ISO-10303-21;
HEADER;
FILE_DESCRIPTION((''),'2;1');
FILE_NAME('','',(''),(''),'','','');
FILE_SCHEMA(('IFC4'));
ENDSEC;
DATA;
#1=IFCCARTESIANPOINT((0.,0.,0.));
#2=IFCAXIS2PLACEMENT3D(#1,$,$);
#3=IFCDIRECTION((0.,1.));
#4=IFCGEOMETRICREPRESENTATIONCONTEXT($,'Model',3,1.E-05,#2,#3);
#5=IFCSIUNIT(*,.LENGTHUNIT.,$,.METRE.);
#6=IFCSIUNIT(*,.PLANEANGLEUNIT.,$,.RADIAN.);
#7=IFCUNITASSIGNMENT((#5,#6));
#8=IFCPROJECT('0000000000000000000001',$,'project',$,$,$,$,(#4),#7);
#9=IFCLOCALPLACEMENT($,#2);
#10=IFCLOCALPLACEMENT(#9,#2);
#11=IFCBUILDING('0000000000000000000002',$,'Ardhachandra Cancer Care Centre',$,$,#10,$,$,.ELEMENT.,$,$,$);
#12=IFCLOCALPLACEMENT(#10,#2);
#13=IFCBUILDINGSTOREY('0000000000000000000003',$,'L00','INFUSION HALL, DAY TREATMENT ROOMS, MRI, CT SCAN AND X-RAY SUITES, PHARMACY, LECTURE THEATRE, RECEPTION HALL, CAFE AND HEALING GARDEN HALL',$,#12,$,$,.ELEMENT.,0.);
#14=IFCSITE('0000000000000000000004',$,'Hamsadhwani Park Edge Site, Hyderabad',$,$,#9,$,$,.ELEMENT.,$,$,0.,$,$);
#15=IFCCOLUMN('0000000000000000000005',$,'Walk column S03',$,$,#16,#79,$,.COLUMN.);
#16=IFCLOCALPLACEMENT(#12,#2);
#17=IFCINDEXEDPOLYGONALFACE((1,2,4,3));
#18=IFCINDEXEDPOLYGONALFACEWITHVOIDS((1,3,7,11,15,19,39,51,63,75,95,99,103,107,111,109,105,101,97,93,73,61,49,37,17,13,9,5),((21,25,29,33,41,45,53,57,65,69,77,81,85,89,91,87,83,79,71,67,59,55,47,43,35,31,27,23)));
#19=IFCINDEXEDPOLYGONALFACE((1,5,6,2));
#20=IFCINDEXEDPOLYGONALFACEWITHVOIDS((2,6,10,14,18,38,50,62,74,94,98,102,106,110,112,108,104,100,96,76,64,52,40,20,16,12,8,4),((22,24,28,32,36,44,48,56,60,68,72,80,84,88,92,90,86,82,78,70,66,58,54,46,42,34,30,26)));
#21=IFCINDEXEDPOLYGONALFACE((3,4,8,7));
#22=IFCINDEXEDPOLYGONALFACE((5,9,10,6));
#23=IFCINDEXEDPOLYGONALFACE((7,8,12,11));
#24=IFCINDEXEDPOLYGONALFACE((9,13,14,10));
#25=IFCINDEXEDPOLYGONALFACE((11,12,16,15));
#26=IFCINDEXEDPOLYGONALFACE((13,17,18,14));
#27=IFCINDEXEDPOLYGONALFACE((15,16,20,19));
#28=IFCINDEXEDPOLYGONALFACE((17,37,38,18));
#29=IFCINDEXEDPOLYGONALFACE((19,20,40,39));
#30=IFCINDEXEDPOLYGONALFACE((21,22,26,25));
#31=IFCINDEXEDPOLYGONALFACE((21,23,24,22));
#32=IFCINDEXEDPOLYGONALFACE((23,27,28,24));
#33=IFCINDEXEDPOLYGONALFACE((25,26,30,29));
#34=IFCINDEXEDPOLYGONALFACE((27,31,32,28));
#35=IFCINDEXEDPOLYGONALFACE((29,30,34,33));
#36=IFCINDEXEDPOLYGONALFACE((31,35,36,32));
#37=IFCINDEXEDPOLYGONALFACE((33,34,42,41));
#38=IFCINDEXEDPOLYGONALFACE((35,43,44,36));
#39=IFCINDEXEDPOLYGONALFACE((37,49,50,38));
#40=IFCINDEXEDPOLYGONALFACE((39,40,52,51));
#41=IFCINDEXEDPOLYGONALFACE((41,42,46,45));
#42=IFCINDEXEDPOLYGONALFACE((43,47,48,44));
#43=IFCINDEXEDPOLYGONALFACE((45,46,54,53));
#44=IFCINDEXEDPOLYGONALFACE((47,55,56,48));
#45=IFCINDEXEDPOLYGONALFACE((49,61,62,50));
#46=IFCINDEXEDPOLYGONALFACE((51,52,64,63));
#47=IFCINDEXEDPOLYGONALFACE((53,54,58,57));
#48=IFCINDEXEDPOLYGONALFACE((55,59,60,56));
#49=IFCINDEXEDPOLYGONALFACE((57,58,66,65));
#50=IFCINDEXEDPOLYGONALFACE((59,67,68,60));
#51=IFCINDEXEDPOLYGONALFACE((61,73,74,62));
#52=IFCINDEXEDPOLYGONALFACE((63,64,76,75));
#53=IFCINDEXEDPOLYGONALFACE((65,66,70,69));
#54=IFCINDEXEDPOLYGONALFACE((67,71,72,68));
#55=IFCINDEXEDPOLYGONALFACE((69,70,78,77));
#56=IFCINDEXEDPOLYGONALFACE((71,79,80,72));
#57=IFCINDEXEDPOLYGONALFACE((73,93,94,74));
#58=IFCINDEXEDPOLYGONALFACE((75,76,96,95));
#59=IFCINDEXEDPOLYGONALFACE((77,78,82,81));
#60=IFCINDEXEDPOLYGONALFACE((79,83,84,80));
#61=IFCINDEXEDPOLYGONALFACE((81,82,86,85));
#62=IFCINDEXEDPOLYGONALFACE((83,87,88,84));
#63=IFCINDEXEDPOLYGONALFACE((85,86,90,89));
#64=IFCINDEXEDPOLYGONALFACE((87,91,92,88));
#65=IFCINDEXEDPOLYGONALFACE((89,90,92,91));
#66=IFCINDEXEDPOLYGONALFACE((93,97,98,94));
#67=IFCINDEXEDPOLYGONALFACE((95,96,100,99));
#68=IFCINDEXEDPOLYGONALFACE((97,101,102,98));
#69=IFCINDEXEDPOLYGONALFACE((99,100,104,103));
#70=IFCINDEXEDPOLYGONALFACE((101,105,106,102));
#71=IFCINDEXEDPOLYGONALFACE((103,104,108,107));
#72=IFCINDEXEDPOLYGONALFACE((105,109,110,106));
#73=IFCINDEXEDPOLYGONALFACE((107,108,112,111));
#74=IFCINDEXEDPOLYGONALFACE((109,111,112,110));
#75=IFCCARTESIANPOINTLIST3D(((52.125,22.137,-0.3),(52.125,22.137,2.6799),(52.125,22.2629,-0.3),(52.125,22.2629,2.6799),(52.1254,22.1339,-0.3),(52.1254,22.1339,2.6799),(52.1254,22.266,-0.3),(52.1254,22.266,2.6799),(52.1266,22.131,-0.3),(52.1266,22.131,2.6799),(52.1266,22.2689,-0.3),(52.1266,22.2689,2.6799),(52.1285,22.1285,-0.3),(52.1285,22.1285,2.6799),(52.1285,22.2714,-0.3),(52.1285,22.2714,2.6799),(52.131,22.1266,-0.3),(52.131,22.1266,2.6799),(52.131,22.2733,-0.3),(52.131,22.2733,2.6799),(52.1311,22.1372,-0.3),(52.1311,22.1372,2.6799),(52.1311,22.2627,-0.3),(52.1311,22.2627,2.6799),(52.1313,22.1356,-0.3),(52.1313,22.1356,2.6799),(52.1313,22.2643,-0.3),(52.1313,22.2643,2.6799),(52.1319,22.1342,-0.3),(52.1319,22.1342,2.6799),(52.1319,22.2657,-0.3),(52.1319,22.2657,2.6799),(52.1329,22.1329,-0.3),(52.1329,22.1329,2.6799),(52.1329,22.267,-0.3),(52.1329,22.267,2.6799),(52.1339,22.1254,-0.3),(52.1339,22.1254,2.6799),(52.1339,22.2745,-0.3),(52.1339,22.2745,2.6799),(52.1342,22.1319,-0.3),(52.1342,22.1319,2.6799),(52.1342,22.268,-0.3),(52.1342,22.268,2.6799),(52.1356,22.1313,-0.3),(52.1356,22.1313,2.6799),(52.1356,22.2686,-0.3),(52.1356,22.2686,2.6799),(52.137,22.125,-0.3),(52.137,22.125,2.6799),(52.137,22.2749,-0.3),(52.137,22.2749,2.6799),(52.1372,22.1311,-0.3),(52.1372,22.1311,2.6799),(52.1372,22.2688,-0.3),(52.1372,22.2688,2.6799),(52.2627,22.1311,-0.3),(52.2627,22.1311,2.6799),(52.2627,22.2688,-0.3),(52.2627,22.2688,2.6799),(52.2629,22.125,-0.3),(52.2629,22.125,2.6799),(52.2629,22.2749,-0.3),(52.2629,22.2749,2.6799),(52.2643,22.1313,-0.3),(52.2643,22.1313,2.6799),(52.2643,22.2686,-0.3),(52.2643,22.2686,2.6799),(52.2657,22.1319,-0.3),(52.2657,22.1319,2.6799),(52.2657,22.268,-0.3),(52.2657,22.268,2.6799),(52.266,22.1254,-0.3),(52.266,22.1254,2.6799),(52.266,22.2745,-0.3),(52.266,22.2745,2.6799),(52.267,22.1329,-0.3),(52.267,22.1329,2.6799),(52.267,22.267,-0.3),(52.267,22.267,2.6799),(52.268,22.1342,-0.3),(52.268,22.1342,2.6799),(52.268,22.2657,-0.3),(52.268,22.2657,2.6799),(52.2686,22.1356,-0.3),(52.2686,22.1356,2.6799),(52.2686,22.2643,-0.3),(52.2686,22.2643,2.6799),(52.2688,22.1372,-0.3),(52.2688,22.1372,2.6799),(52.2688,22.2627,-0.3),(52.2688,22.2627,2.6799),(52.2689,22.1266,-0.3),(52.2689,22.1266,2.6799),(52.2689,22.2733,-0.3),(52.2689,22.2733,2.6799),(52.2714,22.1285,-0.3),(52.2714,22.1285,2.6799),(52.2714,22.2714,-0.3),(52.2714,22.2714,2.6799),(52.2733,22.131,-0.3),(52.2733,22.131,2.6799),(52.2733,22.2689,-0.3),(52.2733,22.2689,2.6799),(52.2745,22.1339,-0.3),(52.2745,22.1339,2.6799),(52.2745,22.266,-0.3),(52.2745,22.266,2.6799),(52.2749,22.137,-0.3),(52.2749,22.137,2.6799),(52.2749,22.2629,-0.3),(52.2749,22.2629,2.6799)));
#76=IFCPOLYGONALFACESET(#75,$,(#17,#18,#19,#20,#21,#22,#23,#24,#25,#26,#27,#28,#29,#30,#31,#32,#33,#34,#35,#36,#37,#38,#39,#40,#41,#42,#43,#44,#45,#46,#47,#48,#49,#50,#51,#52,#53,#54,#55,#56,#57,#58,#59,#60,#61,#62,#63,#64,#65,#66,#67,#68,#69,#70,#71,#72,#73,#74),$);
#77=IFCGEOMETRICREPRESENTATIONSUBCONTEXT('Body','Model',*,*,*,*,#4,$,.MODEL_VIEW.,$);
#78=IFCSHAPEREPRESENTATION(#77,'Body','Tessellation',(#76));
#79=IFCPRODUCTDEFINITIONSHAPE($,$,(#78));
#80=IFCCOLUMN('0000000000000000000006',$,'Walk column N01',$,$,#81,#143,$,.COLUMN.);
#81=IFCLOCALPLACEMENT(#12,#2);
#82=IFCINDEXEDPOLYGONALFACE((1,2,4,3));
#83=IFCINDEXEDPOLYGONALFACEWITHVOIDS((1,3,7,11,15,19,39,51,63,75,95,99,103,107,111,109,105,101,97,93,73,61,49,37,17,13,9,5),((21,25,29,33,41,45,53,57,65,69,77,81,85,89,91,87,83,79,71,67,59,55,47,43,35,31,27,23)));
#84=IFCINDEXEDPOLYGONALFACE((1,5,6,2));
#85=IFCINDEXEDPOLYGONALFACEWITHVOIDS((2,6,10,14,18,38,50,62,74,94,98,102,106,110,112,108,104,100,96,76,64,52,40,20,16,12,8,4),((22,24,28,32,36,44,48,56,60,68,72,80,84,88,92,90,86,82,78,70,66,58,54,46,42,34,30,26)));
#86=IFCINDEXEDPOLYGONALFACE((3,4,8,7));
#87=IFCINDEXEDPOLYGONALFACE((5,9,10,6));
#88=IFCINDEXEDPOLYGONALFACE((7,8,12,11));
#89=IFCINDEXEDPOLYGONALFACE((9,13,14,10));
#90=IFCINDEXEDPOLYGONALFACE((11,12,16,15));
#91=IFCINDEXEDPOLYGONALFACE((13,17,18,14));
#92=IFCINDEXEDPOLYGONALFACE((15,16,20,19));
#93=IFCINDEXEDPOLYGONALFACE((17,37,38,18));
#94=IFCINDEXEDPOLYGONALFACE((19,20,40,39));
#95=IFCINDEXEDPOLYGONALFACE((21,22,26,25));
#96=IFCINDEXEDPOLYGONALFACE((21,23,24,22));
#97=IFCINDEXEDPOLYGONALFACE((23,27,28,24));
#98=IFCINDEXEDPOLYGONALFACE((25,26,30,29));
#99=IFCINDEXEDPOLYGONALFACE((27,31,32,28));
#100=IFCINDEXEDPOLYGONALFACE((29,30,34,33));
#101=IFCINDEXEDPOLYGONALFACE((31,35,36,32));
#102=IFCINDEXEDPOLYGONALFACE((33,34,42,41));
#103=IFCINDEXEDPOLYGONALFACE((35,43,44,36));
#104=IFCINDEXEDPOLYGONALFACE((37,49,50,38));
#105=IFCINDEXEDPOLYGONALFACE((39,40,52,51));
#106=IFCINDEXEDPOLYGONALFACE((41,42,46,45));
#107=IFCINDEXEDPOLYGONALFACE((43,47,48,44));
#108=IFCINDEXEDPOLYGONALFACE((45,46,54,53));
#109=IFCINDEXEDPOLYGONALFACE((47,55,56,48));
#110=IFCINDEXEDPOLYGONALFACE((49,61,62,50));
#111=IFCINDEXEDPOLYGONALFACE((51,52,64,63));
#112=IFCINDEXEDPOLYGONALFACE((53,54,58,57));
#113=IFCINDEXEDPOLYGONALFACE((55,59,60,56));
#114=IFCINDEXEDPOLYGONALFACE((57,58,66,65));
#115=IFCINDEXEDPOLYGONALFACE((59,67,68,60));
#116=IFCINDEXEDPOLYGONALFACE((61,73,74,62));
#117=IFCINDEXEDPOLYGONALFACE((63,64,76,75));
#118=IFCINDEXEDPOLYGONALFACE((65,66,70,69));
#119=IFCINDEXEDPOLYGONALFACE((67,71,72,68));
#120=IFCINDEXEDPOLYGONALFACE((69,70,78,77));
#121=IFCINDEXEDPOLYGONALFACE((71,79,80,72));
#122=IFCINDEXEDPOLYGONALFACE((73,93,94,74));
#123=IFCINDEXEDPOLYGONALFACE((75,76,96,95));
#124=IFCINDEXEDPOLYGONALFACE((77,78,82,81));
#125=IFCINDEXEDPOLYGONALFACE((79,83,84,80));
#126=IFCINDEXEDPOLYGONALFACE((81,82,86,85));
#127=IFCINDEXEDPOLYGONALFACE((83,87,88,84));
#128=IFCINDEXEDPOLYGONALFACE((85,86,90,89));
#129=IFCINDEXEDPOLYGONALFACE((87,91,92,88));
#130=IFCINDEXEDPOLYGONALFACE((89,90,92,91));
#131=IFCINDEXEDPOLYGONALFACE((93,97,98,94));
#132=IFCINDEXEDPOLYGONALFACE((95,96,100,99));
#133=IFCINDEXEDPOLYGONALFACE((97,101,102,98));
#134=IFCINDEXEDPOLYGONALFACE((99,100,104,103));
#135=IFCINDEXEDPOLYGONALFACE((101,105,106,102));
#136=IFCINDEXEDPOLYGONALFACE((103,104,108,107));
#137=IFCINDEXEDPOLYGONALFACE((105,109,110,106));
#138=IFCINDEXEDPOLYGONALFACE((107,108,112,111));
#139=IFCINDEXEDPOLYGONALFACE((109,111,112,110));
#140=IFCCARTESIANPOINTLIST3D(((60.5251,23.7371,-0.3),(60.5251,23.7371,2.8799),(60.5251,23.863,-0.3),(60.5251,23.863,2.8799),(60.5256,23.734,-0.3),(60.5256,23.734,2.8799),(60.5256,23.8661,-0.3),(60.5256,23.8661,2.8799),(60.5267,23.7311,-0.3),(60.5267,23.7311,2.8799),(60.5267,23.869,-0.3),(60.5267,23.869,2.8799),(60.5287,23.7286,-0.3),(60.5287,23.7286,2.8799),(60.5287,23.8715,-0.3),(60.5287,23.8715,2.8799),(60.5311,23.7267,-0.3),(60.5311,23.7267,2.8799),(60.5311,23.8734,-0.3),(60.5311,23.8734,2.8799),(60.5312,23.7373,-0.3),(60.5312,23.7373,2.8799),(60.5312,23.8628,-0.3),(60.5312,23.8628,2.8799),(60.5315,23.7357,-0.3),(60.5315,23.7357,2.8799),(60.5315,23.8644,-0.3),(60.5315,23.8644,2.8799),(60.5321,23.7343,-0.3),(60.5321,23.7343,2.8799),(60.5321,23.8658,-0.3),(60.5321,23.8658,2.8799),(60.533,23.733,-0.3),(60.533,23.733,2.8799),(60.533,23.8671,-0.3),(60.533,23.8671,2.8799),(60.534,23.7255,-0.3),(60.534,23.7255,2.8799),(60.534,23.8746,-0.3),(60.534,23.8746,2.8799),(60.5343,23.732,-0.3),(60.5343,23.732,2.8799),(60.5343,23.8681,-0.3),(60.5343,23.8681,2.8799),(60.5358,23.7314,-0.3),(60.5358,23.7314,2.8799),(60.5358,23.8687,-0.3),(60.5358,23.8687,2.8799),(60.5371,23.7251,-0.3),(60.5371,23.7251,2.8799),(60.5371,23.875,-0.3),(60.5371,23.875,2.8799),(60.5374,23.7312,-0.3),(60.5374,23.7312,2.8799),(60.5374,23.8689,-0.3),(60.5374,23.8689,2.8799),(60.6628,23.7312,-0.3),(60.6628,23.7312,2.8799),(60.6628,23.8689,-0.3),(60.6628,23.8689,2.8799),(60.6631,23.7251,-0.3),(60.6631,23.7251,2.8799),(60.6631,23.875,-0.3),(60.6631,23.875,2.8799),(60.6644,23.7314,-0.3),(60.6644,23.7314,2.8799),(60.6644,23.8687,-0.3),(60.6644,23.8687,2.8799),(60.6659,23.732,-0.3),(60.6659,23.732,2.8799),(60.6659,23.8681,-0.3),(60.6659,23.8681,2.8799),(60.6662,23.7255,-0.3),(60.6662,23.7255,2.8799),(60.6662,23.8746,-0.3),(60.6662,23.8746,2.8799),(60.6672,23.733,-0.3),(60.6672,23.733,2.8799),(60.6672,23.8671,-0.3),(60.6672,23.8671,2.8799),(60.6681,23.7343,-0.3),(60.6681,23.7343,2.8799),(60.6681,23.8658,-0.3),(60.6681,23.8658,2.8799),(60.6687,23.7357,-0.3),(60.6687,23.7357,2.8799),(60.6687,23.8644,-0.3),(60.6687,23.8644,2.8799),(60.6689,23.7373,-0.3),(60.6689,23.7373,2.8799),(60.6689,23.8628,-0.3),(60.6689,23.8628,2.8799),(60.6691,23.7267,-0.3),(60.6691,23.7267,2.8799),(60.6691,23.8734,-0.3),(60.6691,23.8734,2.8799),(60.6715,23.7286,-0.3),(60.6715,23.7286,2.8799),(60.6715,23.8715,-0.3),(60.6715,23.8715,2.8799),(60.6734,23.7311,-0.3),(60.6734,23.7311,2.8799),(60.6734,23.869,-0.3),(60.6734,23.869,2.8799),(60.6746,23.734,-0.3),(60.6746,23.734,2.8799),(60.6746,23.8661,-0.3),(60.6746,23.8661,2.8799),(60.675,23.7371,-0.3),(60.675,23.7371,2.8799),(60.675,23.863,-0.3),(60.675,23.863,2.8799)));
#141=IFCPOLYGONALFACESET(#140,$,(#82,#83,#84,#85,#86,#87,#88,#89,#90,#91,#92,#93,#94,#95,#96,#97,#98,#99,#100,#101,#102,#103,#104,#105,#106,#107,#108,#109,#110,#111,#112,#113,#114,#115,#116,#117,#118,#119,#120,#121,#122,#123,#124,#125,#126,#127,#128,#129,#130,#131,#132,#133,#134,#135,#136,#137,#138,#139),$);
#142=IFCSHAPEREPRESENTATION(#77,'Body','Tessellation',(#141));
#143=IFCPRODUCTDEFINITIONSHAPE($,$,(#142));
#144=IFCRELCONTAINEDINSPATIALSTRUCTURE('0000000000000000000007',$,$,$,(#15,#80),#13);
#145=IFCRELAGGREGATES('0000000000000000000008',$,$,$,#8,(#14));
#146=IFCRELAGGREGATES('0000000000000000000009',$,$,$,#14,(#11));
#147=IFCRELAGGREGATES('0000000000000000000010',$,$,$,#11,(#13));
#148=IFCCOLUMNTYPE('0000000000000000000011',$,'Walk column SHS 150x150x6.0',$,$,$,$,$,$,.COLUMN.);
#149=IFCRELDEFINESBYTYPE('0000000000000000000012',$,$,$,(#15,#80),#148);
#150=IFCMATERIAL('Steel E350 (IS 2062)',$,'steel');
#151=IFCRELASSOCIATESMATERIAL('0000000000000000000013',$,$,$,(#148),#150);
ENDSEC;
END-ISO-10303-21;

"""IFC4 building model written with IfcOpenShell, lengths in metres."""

from ifc_helpers import new_model, si_unit, direction, frame, origin, origin_2d, place, context, subcontext, project, spatial, hollow_rectangle, extrude, material, material_profile, profile_set, type_object, element, save


model = new_model("IFC4")

# Units and contexts
model_context = context("Model", 3, precision=1e-05, world=origin(), true_north=direction((0.0, 1.0)))
body_context = subcontext(model_context, "Body", "Model", "MODEL_VIEW")
ifc_project = project(units=[si_unit("LENGTHUNIT", "METRE"), si_unit("PLANEANGLEUNIT", "RADIAN")], contexts=[model_context])

# Site, building, storey
site_placement = place(None, origin())
site = spatial("IfcSite", under=ifc_project, at=site_placement, Name="Hamsadhwani Park Edge Site, Hyderabad", CompositionType="ELEMENT", RefElevation=0.0)
building_placement = place(site_placement, origin())
building = spatial("IfcBuilding", under=site, at=building_placement, Name="Ardhachandra Cancer Care Centre", CompositionType="ELEMENT")
storey_placement = place(building_placement, origin())
storey = spatial("IfcBuildingStorey", under=building, at=storey_placement, Name="L00", Description="INFUSION HALL, DAY TREATMENT ROOMS, MRI, CT SCAN AND X-RAY SUITES, PHARMACY, LECTURE THEATRE, RECEPTION HALL, CAFE AND HEALING GARDEN HALL", CompositionType="ELEMENT", Elevation=0.0)

# Columns
ifc_material_1 = material(Name="Steel E350 (IS 2062)", Category="steel")
ifc_material_profile_1 = material_profile(ifc_material_1, hollow_rectangle(XDim=0.1499, YDim=0.1499, WallThickness=0.0061, InnerFilletRadius=0.0061, OuterFilletRadius=0.012, at=origin_2d()), Name="SHS 150x150x6.0")
ifc_profile_set_1 = profile_set([ifc_material_profile_1], Name="Steel E350 (IS 2062)")
column_type_1 = type_object("IfcColumnType", Name="Walk column SHS 150x150x6.0", PredefinedType="COLUMN", material=ifc_profile_set_1)
for number, where, z_axis, x_axis, name in (
    (1, (52.2, 22.2, -0.3), (0.0, 0.0, 1.0), (1.0, 0.0, 0.0), "Walk column S03"),
):
    element("IfcColumn", number, at=place(storey_placement, frame(where, z_axis=z_axis, x_axis=x_axis)), inside=storey, type_object=column_type_1, Name=name, PredefinedType="COLUMN", context=body_context, shape_type="SweptSolid", body=[
        extrude(hollow_rectangle(XDim=0.1499, YDim=0.1499, WallThickness=0.0061, InnerFilletRadius=0.0061, OuterFilletRadius=0.012, at=origin_2d()), origin(), (0.0, 0.0, 1.0), 2.98),
    ])
column_1_placement = place(storey_placement, frame((60.6001, 23.8, -0.3), z_axis=(0.0, 0.0, 1.0), x_axis=(1.0, 0.0, 0.0)))
element("IfcColumn", 2, at=column_1_placement, inside=storey, type_object=column_type_1, Name="Walk column N01", PredefinedType="COLUMN", context=body_context, shape_type="SweptSolid", body=[
    extrude(hollow_rectangle(XDim=0.1499, YDim=0.1499, WallThickness=0.0061, InnerFilletRadius=0.0061, OuterFilletRadius=0.012, at=origin_2d()), origin(), (0.0, 0.0, 1.0), 3.1799),
])

save(model, "model.ifc")
